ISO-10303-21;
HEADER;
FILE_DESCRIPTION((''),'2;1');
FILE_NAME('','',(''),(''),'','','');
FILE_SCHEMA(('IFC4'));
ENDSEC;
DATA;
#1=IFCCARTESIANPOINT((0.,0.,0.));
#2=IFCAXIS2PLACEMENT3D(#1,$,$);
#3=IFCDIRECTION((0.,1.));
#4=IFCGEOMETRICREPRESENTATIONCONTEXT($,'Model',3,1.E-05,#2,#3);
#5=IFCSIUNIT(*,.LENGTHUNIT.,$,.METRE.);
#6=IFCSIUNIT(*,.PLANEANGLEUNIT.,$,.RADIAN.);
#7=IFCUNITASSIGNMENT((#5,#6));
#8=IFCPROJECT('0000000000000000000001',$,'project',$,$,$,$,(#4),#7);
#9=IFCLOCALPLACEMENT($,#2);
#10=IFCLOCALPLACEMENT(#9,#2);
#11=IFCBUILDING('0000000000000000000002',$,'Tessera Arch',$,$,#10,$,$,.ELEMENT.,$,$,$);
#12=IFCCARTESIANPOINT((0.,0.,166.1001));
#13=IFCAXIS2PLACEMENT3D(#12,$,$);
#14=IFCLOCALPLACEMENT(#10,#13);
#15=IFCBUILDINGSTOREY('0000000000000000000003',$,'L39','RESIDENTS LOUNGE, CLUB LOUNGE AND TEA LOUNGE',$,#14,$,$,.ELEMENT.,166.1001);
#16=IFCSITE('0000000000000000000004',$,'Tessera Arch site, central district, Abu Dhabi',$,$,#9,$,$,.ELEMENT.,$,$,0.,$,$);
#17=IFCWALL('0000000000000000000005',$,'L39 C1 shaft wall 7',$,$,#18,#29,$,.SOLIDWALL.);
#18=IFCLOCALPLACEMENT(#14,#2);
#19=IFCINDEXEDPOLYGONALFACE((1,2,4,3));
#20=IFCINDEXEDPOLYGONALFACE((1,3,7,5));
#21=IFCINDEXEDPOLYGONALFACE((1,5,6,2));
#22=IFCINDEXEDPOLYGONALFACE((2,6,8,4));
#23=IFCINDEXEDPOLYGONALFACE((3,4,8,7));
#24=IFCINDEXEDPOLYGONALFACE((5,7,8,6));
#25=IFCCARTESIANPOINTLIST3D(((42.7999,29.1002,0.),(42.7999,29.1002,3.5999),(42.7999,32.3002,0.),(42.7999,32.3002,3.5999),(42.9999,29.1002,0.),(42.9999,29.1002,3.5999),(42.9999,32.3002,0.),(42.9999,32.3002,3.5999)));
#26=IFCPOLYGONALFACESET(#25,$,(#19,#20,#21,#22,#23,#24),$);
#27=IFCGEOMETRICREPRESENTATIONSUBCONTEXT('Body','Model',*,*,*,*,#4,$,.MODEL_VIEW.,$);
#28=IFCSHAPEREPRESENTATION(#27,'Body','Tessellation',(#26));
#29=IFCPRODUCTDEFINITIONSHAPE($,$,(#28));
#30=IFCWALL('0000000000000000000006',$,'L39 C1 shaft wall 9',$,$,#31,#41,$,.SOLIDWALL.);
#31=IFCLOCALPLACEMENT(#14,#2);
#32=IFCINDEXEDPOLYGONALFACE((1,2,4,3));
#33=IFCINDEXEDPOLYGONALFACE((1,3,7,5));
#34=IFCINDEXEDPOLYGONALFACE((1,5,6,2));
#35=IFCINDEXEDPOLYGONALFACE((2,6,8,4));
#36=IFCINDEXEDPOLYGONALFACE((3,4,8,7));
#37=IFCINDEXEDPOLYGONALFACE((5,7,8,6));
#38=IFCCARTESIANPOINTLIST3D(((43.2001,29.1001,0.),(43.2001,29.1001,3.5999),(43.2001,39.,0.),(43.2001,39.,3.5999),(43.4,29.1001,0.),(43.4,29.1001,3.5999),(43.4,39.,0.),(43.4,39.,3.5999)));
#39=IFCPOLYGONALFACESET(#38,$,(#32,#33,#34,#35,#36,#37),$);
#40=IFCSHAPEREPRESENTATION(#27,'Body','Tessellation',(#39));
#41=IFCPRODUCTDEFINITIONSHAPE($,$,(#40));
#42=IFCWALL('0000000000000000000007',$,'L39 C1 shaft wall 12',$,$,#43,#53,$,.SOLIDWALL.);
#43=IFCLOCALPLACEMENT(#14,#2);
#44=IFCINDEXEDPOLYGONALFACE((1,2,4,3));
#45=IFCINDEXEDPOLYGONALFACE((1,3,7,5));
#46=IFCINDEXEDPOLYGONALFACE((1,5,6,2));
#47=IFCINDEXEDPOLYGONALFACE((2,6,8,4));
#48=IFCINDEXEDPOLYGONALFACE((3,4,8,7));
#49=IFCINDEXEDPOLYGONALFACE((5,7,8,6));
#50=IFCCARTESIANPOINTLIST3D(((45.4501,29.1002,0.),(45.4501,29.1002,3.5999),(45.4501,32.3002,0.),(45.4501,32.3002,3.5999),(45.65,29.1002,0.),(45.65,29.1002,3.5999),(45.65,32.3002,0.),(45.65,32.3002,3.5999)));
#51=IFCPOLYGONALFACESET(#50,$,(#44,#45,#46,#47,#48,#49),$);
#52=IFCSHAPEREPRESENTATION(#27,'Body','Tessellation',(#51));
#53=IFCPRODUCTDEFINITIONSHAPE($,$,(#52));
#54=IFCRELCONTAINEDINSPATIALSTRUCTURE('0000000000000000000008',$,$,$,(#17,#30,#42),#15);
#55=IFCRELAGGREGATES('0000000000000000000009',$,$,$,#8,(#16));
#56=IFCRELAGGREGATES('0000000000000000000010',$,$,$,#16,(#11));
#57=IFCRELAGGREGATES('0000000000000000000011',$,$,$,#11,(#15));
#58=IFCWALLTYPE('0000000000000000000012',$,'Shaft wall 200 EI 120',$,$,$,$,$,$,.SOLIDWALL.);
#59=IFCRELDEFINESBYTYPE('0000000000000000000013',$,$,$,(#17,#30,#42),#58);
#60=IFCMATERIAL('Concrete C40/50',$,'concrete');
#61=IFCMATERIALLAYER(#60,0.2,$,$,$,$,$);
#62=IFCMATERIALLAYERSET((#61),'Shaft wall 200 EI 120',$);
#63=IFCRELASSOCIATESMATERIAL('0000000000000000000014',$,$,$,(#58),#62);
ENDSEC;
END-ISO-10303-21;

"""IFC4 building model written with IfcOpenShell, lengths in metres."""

from ifc_helpers import new_model, si_unit, direction, frame, frame_2d, origin, place, context, subcontext, project, spatial, rectangle, extrude, material, layer, layer_set, type_object, element, save


model = new_model("IFC4")

# Units and contexts
model_context = context("Model", 3, precision=1e-05, world=origin(), true_north=direction((0.0, 1.0)))
body_context = subcontext(model_context, "Body", "Model", "MODEL_VIEW")
ifc_project = project(units=[si_unit("LENGTHUNIT", "METRE"), si_unit("PLANEANGLEUNIT", "RADIAN")], contexts=[model_context])

# Site, building, storey
site_placement = place(None, origin())
site = spatial("IfcSite", under=ifc_project, at=site_placement, Name="Tessera Arch site, central district, Abu Dhabi", CompositionType="ELEMENT", RefElevation=0.0)
building_placement = place(site_placement, origin())
building = spatial("IfcBuilding", under=site, at=building_placement, Name="Tessera Arch", CompositionType="ELEMENT")
storey_placement = place(building_placement, frame((0.0, 0.0, 166.1001)))
storey = spatial("IfcBuildingStorey", under=building, at=storey_placement, Name="L39", Description="RESIDENTS LOUNGE, CLUB LOUNGE AND TEA LOUNGE", CompositionType="ELEMENT", Elevation=166.1001)

# Walls
ifc_material_1 = material(Name="Concrete C40/50", Category="concrete")
ifc_layer_1 = layer(ifc_material_1, 0.2)
ifc_layer_set_1 = layer_set([ifc_layer_1], Name="Shaft wall 200 EI 120")
wall_type_1 = type_object("IfcWallType", Name="Shaft wall 200 EI 120", PredefinedType="SOLIDWALL", material=ifc_layer_set_1)
wall_1_placement = place(storey_placement, frame((42.8999, 29.1001, 0.0), z_axis=(0.0, 0.0, 1.0), x_axis=(0.0, 1.0, 0.0)))
element("IfcWall", 1, at=wall_1_placement, inside=storey, type_object=wall_type_1, Name="L39 C1 shaft wall 7", PredefinedType="SOLIDWALL", context=body_context, shape_type="SweptSolid", body=[
    extrude(rectangle(XDim=3.2, YDim=0.2, at=frame_2d((1.6001, 0.0))), origin(), (0.0, 0.0, 1.0), 3.5999),
])
wall_2_placement = place(storey_placement, frame((43.3, 29.1001, 0.0), z_axis=(0.0, 0.0, 1.0), x_axis=(0.0, 1.0, 0.0)))
element("IfcWall", 2, at=wall_2_placement, inside=storey, type_object=wall_type_1, Name="L39 C1 shaft wall 9", PredefinedType="SOLIDWALL", context=body_context, shape_type="SweptSolid", body=[
    extrude(rectangle(XDim=9.8999, YDim=0.2, at=frame_2d((4.95, 0.0))), origin(), (0.0, 0.0, 1.0), 3.5999),
])
wall_3_placement = place(storey_placement, frame((45.55, 29.1001, 0.0), z_axis=(0.0, 0.0, 1.0), x_axis=(0.0, 1.0, 0.0)))
element("IfcWall", 3, at=wall_3_placement, inside=storey, type_object=wall_type_1, Name="L39 C1 shaft wall 12", PredefinedType="SOLIDWALL", context=body_context, shape_type="SweptSolid", body=[
    extrude(rectangle(XDim=3.2, YDim=0.2, at=frame_2d((1.6001, 0.0))), origin(), (0.0, 0.0, 1.0), 3.5999),
])

save(model, "model.ifc")
